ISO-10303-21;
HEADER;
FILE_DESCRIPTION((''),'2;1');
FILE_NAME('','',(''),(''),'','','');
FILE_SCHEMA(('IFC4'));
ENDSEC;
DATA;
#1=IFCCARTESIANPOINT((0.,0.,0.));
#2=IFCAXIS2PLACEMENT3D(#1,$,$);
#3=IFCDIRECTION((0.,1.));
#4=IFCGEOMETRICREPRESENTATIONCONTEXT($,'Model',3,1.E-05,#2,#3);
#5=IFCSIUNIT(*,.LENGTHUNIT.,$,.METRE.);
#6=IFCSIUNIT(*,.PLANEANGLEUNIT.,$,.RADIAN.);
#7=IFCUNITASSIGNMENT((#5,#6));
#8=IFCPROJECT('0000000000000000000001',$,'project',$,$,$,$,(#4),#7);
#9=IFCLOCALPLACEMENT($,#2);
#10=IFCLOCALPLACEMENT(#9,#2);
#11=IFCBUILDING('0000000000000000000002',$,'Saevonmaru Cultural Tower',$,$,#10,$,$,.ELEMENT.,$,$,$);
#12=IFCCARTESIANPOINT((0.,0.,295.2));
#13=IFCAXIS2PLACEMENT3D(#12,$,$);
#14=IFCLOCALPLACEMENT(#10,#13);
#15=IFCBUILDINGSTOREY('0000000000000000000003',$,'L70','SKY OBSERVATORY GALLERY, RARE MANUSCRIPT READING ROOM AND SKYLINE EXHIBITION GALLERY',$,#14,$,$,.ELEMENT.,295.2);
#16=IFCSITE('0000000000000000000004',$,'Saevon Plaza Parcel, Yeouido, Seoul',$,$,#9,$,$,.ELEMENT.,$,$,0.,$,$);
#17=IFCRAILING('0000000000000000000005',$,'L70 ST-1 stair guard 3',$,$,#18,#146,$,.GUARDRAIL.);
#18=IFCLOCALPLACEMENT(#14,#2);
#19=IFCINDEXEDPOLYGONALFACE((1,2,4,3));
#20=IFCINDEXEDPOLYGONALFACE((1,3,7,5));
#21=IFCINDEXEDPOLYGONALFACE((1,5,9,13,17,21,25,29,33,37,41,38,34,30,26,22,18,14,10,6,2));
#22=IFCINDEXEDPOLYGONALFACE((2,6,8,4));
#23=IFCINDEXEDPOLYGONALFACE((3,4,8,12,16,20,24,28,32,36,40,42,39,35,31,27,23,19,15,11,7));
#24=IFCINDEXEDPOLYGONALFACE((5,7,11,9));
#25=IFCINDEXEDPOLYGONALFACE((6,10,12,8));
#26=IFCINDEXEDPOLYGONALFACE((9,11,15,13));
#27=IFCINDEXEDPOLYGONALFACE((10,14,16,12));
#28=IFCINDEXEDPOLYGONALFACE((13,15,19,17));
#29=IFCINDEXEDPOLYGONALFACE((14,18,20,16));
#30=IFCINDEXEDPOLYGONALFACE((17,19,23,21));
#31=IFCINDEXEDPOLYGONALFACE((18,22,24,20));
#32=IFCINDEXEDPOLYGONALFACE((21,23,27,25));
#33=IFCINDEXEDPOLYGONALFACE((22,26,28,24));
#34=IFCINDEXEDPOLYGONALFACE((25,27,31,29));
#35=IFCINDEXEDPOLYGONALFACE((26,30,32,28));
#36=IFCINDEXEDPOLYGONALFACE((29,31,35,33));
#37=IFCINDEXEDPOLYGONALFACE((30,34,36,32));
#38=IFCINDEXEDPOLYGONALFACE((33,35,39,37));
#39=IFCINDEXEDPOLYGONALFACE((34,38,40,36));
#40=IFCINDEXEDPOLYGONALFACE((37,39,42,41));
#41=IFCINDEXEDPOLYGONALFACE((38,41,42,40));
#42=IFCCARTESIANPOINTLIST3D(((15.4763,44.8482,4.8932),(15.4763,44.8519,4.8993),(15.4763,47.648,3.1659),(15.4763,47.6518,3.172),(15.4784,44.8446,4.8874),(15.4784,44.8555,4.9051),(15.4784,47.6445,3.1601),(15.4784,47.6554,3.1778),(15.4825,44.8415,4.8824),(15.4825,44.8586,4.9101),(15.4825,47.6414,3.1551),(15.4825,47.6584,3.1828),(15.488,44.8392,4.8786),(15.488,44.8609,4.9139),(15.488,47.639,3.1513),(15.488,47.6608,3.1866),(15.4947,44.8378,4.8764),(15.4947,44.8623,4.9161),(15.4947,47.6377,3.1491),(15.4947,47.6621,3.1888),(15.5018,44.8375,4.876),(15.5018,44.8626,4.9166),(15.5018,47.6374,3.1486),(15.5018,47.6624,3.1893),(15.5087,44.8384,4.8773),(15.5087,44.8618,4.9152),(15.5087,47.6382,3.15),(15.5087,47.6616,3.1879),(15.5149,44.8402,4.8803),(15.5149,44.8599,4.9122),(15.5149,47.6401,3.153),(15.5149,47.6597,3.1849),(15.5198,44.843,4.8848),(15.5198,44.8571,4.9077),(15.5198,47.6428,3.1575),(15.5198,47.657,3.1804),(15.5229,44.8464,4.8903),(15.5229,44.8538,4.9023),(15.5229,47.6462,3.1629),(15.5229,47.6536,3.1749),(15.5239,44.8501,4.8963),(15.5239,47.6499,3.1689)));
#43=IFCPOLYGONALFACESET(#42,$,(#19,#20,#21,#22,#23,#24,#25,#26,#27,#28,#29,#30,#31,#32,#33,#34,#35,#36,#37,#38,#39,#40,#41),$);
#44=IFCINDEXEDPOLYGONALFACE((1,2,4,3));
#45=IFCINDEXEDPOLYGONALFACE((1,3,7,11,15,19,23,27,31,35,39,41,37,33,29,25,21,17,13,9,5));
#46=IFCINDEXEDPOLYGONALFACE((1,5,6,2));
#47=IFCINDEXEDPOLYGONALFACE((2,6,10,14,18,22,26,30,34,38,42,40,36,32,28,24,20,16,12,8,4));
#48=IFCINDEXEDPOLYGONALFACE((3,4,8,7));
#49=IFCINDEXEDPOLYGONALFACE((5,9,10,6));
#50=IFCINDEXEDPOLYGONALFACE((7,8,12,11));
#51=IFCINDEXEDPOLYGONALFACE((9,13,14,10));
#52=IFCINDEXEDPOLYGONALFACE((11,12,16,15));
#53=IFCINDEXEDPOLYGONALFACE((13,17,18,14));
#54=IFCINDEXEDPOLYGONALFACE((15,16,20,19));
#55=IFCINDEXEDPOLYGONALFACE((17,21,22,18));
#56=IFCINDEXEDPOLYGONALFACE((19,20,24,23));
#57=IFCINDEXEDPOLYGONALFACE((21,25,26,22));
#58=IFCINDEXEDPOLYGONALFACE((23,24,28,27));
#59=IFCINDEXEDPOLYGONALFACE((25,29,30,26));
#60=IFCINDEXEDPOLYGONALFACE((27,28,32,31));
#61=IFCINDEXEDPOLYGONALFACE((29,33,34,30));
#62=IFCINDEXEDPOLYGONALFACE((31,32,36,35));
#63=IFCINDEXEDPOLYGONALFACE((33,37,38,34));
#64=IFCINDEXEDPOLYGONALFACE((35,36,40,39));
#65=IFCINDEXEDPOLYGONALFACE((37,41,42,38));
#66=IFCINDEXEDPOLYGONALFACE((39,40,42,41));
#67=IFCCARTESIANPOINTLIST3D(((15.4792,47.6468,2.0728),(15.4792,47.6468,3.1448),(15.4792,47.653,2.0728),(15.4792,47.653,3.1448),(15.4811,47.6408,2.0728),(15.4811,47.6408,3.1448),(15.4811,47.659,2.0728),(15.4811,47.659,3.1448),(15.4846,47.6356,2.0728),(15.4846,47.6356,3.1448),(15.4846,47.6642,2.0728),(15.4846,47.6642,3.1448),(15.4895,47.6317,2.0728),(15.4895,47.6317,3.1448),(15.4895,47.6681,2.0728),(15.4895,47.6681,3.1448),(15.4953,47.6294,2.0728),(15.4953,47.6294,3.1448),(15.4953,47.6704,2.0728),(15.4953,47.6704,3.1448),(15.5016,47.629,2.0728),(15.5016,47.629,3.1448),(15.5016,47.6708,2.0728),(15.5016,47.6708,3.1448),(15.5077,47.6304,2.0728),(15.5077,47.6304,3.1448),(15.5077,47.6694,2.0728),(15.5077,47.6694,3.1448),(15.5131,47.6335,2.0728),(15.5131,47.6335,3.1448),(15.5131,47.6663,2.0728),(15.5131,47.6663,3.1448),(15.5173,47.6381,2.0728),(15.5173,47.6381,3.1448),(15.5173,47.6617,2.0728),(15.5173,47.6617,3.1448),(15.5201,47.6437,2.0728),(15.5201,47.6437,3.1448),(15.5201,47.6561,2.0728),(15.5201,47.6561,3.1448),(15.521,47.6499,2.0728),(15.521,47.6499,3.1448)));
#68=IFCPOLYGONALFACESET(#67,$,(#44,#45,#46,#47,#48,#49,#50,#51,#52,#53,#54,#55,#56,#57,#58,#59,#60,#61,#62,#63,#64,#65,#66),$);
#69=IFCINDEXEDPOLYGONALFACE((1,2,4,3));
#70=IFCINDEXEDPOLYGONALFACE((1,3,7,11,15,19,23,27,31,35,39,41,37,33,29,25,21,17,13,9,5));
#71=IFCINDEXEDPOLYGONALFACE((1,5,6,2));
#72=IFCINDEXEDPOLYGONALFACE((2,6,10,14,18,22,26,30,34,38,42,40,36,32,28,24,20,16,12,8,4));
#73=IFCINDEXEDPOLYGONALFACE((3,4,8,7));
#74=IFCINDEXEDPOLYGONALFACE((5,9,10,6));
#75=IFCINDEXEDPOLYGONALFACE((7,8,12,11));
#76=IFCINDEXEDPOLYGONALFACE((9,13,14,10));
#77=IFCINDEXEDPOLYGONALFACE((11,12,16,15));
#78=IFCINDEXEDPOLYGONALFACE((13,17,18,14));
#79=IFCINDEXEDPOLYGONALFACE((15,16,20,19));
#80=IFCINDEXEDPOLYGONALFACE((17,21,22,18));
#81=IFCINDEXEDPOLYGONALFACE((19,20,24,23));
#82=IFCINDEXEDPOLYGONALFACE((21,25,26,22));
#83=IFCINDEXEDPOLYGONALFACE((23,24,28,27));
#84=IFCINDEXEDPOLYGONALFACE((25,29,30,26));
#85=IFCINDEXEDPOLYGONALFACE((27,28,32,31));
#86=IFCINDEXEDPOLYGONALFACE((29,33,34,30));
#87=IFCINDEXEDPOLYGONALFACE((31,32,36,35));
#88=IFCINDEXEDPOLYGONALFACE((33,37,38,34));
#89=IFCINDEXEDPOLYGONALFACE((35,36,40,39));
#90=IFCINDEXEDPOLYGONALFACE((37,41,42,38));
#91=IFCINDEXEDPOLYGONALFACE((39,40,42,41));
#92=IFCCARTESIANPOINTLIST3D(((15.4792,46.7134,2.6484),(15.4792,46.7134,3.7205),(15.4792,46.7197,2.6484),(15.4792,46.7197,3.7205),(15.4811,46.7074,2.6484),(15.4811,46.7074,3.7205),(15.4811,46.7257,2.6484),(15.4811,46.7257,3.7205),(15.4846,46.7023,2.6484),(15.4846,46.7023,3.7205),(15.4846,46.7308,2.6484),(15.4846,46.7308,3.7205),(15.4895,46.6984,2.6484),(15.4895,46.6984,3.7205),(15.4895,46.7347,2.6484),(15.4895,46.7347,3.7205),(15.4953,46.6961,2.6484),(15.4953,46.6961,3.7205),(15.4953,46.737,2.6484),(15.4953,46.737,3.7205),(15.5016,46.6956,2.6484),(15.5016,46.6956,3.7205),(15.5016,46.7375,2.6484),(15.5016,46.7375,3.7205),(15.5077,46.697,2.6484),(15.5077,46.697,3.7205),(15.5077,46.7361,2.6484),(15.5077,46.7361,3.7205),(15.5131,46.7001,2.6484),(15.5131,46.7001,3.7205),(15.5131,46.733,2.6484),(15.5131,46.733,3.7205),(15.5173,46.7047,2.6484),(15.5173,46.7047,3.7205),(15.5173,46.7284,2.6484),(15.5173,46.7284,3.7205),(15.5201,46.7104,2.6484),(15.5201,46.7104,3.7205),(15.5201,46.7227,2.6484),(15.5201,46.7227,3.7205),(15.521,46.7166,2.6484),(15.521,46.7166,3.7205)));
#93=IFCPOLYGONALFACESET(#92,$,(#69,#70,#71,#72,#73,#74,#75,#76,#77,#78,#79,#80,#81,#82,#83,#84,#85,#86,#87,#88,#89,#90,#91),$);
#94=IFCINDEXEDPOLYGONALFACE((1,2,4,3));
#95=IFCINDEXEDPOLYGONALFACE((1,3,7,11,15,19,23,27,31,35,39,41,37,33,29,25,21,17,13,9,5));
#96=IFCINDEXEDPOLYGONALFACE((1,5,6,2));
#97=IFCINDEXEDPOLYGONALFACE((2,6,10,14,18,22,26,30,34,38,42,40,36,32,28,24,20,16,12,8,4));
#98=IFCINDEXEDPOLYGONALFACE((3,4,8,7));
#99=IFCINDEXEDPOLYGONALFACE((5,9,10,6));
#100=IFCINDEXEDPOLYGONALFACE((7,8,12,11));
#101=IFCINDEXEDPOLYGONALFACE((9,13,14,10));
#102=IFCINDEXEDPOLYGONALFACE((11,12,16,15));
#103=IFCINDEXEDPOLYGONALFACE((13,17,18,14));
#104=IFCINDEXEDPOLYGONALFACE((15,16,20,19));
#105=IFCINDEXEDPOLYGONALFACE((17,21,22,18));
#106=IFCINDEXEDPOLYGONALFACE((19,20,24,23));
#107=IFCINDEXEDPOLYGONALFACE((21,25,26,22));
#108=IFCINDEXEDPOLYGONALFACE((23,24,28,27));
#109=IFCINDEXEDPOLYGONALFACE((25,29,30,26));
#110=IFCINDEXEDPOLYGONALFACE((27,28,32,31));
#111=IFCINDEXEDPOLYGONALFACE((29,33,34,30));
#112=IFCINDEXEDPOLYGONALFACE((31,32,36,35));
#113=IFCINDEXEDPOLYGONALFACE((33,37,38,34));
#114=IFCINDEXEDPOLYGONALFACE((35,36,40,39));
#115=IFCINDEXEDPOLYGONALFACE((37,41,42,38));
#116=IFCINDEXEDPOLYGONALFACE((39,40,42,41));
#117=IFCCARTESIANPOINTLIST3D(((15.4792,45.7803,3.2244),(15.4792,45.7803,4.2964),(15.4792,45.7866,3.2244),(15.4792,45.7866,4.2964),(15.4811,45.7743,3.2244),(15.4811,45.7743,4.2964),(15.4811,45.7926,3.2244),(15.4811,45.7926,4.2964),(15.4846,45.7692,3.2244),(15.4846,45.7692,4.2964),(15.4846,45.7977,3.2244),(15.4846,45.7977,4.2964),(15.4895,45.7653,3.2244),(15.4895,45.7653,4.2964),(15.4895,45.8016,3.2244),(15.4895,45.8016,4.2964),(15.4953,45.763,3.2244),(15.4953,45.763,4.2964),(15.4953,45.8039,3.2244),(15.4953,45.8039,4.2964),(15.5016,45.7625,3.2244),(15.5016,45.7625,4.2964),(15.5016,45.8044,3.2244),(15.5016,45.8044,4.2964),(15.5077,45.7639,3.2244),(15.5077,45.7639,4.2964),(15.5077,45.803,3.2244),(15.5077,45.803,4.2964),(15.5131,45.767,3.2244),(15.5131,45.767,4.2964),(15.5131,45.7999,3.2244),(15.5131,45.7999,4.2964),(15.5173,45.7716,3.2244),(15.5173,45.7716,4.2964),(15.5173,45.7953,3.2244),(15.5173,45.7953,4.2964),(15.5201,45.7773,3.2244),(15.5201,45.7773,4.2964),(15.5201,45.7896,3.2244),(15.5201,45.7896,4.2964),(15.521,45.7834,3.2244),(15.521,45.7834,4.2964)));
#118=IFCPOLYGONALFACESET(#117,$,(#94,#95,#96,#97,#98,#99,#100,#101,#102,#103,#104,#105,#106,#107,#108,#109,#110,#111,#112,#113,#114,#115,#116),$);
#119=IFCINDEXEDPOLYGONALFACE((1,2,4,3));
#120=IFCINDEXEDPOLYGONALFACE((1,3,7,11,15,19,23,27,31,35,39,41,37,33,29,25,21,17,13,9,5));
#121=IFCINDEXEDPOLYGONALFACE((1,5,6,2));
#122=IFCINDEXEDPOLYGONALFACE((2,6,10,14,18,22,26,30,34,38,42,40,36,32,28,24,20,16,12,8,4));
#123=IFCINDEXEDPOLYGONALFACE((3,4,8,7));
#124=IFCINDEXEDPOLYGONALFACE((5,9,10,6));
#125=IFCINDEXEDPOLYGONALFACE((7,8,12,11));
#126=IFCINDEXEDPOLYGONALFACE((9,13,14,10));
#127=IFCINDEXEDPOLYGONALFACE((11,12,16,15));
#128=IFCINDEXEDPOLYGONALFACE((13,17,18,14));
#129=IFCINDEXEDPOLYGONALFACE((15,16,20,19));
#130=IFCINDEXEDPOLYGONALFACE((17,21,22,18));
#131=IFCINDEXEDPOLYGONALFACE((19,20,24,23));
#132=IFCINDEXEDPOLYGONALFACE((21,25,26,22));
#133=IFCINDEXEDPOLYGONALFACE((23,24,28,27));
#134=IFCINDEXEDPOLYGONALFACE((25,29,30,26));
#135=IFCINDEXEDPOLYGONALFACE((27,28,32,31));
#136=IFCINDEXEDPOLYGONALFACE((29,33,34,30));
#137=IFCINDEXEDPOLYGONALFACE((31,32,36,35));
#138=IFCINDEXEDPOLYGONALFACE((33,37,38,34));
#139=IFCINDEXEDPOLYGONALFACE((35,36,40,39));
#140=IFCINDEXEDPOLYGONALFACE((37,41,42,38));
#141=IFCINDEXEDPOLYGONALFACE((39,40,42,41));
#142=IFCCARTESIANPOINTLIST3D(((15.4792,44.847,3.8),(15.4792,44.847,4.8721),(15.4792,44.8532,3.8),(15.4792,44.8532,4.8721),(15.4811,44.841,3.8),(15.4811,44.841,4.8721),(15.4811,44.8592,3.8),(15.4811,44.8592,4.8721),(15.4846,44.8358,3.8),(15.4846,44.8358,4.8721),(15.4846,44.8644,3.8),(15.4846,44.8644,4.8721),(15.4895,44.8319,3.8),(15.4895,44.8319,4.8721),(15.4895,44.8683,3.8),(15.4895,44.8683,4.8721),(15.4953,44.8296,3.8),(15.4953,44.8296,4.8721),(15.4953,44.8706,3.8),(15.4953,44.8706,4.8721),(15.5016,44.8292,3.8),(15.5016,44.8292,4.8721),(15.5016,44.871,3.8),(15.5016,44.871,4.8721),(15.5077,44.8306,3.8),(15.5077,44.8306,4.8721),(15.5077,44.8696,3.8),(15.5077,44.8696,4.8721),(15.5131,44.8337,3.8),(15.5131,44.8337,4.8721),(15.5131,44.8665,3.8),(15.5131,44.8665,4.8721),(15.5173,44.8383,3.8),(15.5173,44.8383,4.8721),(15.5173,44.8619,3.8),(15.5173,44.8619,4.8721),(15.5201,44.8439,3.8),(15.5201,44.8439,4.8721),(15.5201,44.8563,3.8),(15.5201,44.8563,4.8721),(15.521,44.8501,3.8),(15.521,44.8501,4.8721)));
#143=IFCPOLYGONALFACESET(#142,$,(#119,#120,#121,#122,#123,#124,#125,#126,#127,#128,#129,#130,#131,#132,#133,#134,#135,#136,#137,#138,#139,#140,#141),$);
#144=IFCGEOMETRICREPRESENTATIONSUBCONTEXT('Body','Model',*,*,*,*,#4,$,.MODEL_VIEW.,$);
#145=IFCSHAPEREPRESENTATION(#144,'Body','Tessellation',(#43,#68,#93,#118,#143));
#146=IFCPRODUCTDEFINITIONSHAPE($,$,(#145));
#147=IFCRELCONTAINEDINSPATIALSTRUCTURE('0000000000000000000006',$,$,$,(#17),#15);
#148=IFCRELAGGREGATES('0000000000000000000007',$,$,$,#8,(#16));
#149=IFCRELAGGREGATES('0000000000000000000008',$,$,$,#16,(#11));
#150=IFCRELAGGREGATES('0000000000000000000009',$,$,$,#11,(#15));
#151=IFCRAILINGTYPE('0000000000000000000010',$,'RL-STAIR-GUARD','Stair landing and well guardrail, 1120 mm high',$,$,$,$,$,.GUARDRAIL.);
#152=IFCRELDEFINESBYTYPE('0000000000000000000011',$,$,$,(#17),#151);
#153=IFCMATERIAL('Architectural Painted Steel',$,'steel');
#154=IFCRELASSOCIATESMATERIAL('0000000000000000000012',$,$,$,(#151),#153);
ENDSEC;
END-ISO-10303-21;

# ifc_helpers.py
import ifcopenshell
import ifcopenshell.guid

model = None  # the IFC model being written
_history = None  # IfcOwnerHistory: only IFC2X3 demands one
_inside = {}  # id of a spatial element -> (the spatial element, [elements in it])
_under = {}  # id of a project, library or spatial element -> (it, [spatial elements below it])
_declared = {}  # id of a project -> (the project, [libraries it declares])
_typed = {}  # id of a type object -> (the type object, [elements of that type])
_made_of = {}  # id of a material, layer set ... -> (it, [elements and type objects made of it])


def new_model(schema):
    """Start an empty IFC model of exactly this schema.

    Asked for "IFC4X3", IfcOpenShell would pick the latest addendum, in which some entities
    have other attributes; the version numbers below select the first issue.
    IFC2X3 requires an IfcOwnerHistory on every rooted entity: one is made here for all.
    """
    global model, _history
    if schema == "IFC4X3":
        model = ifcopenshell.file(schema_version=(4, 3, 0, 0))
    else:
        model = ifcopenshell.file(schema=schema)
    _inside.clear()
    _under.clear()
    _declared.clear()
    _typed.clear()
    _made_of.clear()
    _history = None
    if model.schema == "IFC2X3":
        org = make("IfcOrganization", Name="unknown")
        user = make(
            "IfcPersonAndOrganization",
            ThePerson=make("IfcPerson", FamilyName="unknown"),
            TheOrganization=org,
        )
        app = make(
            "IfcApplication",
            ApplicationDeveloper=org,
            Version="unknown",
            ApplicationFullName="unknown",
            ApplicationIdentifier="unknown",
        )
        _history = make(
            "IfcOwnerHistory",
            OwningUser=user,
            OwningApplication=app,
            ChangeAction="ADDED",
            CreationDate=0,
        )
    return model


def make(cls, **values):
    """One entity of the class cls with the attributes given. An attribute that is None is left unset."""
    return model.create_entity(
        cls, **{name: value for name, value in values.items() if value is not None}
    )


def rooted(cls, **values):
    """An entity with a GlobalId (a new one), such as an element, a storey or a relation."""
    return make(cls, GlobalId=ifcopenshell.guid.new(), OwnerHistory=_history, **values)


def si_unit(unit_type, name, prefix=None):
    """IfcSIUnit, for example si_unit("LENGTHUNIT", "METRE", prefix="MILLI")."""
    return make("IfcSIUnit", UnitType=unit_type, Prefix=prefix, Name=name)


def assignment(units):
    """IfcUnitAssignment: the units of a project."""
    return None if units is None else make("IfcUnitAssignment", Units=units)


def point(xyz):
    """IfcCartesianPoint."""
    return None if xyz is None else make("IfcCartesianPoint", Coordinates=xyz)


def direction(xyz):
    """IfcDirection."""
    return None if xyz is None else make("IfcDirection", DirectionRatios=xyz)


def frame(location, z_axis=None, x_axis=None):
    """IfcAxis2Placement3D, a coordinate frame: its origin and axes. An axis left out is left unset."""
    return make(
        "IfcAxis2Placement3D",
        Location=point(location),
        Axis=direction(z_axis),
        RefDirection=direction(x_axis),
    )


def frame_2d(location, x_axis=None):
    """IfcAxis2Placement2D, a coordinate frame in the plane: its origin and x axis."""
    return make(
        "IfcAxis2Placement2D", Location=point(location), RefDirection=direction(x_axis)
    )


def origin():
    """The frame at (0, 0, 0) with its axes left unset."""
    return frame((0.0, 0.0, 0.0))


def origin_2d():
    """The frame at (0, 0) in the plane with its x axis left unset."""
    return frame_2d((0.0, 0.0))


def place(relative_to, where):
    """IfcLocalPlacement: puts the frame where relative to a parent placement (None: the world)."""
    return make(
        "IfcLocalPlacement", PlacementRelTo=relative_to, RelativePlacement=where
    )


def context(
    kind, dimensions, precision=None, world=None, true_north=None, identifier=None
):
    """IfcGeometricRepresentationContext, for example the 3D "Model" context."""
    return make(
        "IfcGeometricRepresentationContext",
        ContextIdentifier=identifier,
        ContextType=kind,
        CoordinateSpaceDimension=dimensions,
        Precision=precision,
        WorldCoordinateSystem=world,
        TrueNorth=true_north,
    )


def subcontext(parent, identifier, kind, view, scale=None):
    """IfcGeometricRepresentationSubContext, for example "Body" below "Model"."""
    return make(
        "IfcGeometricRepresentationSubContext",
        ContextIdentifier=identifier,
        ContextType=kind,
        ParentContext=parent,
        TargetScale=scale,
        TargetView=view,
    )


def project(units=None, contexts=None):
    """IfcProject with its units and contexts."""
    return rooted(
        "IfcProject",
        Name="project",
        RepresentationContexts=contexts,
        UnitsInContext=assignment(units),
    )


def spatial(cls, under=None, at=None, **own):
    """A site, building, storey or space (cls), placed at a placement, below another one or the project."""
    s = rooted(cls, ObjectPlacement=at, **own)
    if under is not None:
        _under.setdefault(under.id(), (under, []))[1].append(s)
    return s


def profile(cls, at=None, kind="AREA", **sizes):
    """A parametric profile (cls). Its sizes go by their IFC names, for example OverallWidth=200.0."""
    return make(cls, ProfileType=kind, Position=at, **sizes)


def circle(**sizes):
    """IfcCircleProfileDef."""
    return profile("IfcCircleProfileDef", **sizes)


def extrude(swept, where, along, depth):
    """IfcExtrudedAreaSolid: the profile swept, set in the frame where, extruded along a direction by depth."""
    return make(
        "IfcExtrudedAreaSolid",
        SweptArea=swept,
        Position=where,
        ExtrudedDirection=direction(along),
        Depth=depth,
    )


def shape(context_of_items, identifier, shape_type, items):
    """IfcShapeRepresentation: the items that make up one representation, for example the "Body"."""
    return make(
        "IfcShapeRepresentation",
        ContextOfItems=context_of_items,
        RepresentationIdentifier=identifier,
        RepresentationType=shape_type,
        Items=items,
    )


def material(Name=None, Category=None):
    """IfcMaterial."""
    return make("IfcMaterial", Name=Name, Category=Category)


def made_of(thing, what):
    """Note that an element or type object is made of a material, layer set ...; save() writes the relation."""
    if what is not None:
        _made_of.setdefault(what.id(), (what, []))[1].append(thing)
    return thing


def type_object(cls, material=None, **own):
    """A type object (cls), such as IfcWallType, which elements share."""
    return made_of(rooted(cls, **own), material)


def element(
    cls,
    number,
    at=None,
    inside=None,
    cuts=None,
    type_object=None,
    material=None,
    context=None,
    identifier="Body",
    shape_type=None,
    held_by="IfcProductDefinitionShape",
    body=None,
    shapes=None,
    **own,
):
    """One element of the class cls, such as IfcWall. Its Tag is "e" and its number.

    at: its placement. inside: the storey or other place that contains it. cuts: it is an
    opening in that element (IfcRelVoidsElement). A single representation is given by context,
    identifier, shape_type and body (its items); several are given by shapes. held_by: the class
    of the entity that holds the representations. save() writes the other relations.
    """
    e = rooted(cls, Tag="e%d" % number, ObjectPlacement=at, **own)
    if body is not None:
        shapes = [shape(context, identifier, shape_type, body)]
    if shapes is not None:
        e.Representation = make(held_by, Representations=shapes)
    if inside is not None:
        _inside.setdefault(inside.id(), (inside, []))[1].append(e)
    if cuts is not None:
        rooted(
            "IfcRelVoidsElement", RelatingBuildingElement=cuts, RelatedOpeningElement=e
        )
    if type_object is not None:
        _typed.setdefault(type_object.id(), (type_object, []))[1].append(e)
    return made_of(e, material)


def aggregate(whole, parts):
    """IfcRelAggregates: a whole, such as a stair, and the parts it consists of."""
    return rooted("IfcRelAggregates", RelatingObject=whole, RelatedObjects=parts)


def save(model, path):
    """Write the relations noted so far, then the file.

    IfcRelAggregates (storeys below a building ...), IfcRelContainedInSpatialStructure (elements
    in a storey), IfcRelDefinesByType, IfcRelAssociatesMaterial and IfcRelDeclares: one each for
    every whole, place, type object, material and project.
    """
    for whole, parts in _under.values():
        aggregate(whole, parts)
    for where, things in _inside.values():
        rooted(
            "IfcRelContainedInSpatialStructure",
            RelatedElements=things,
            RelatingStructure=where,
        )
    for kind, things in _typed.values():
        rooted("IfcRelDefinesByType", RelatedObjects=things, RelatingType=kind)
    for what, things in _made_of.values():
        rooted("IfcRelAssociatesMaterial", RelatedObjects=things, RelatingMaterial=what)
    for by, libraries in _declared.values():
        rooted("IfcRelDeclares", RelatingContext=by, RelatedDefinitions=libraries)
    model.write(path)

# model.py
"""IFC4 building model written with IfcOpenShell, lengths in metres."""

from ifc_helpers import new_model, si_unit, direction, frame, origin, origin_2d, place, context, subcontext, project, spatial, circle, extrude, material, type_object, element, save


model = new_model("IFC4")

# Units and contexts
model_context = context("Model", 3, precision=1e-05, world=origin(), true_north=direction((0.0, 1.0)))
body_context = subcontext(model_context, "Body", "Model", "MODEL_VIEW")
ifc_project = project(units=[si_unit("LENGTHUNIT", "METRE"), si_unit("PLANEANGLEUNIT", "RADIAN")], contexts=[model_context])

# Site, building, storey
site_placement = place(None, origin())
site = spatial("IfcSite", under=ifc_project, at=site_placement, Name="Saevon Plaza Parcel, Yeouido, Seoul", CompositionType="ELEMENT", RefElevation=0.0)
building_placement = place(site_placement, origin())
building = spatial("IfcBuilding", under=site, at=building_placement, Name="Saevonmaru Cultural Tower", CompositionType="ELEMENT")
storey_placement = place(building_placement, frame((0.0, 0.0, 295.2)))
storey = spatial("IfcBuildingStorey", under=building, at=storey_placement, Name="L70", Description="SKY OBSERVATORY GALLERY, RARE MANUSCRIPT READING ROOM AND SKYLINE EXHIBITION GALLERY", CompositionType="ELEMENT", Elevation=295.2)

# Railing
ifc_material_1 = material(Name="Architectural Painted Steel", Category="steel")
railing_type_1 = type_object("IfcRailingType", Name="RL-STAIR-GUARD", Description="Stair landing and well guardrail, 1120 mm high", PredefinedType="GUARDRAIL", material=ifc_material_1)
railing_1_placement = place(storey_placement, frame((15.5, 47.6499, 2.0728)))
element("IfcRailing", 1, at=railing_1_placement, inside=storey, type_object=railing_type_1, Name="L70 ST-1 stair guard 3", PredefinedType="GUARDRAIL", context=body_context, shape_type="SweptSolid", body=[
    extrude(circle(Radius=0.0239, at=origin_2d()), frame((0.0, 0.0, 1.0962), z_axis=(0.0, -0.851069, 0.525054), x_axis=(1.0, 0.0, 0.0)), (0.0, 0.0, 1.0), 3.2898),
    extrude(circle(Radius=0.021, at=origin_2d()), origin(), (0.0, 0.0, 1.0), 1.072),
    extrude(circle(Radius=0.021, at=origin_2d()), frame((0.0, -0.9333, 0.5757)), (0.0, 0.0, 1.0), 1.072),
    extrude(circle(Radius=0.021, at=origin_2d()), frame((0.0, -1.8665, 1.1516)), (0.0, 0.0, 1.0), 1.072),
    extrude(circle(Radius=0.021, at=origin_2d()), frame((0.0, -2.7998, 1.7273)), (0.0, 0.0, 1.0), 1.072),
])

save(model, "model.ifc")
